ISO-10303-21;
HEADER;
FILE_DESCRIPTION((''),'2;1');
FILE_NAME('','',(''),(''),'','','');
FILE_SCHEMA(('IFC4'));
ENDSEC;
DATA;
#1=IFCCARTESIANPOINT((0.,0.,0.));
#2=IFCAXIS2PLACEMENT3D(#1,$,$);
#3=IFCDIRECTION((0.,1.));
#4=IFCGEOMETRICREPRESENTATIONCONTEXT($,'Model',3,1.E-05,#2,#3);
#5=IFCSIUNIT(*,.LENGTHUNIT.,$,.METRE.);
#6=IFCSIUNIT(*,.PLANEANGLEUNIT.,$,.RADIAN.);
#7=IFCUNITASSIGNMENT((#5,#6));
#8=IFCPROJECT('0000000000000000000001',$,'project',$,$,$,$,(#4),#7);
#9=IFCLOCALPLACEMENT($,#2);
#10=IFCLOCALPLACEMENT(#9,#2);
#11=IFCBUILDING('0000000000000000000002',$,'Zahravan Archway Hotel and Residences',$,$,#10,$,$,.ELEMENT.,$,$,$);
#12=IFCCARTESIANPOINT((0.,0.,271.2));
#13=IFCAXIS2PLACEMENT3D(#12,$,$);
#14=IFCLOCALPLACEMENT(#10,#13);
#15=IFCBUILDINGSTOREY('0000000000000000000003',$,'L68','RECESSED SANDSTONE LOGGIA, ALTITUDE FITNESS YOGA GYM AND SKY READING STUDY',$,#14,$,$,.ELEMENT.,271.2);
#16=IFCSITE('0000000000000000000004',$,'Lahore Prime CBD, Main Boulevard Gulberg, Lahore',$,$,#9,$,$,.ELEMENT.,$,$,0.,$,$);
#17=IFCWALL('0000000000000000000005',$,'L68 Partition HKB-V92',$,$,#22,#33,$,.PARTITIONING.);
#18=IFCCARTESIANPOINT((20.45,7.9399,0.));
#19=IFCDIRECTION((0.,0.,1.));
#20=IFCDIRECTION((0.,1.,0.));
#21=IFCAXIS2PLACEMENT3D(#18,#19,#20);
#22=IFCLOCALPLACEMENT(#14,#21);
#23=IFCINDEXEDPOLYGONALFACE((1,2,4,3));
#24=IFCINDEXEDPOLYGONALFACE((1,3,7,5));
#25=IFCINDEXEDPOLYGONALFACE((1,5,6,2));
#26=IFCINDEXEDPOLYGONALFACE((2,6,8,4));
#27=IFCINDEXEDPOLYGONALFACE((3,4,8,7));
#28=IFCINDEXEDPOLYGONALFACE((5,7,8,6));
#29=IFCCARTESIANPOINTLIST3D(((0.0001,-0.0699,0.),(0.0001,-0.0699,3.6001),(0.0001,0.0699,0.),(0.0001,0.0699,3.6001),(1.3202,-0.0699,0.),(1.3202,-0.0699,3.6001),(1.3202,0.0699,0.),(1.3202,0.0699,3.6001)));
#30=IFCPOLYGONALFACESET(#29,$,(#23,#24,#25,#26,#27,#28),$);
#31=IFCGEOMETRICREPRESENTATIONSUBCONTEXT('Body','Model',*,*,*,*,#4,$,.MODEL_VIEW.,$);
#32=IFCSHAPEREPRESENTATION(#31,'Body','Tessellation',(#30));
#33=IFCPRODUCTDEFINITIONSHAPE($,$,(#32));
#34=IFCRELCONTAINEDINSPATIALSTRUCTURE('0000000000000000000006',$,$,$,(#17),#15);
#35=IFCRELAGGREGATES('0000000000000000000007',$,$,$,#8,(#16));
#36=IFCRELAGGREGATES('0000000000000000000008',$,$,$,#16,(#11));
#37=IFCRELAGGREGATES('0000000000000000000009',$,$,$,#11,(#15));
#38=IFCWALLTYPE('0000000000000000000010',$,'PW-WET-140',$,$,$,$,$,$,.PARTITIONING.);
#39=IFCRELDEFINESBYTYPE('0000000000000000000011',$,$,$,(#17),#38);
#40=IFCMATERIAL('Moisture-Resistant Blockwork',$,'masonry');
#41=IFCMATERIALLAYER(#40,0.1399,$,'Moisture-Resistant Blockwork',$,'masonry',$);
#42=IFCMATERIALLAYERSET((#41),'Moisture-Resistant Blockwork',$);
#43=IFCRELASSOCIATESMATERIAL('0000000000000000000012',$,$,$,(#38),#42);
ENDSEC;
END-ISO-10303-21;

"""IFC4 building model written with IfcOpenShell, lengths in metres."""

from ifc_helpers import new_model, si_unit, direction, frame, frame_2d, origin, place, context, subcontext, project, spatial, rectangle, extrude, material, layer, layer_set, type_object, element, save


model = new_model("IFC4")

# Units and contexts
model_context = context("Model", 3, precision=1e-05, world=origin(), true_north=direction((0.0, 1.0)))
body_context = subcontext(model_context, "Body", "Model", "MODEL_VIEW")
ifc_project = project(units=[si_unit("LENGTHUNIT", "METRE"), si_unit("PLANEANGLEUNIT", "RADIAN")], contexts=[model_context])

# Site, building, storey
site_placement = place(None, origin())
site = spatial("IfcSite", under=ifc_project, at=site_placement, Name="Lahore Prime CBD, Main Boulevard Gulberg, Lahore", CompositionType="ELEMENT", RefElevation=0.0)
building_placement = place(site_placement, origin())
building = spatial("IfcBuilding", under=site, at=building_placement, Name="Zahravan Archway Hotel and Residences", CompositionType="ELEMENT")
storey_placement = place(building_placement, frame((0.0, 0.0, 271.2)))
storey = spatial("IfcBuildingStorey", under=building, at=storey_placement, Name="L68", Description="RECESSED SANDSTONE LOGGIA, ALTITUDE FITNESS YOGA GYM AND SKY READING STUDY", CompositionType="ELEMENT", Elevation=271.2)

# Wall
ifc_material_1 = material(Name="Moisture-Resistant Blockwork", Category="masonry")
ifc_layer_1 = layer(ifc_material_1, 0.1399, Name="Moisture-Resistant Blockwork", Category="masonry")
ifc_layer_set_1 = layer_set([ifc_layer_1], Name="Moisture-Resistant Blockwork")
wall_type_1 = type_object("IfcWallType", Name="PW-WET-140", PredefinedType="PARTITIONING", material=ifc_layer_set_1)
wall_1_placement = place(storey_placement, frame((20.45, 7.9399, 0.0), z_axis=(0.0, 0.0, 1.0), x_axis=(0.0, 1.0, 0.0)))
element("IfcWall", 1, at=wall_1_placement, inside=storey, type_object=wall_type_1, Name="L68 Partition HKB-V92", PredefinedType="PARTITIONING", context=body_context, shape_type="SweptSolid", body=[
    extrude(rectangle(XDim=1.3201, YDim=0.1399, at=frame_2d((0.6602, 0.0))), origin(), (0.0, 0.0, 1.0), 3.6001),
])

save(model, "model.ifc")
